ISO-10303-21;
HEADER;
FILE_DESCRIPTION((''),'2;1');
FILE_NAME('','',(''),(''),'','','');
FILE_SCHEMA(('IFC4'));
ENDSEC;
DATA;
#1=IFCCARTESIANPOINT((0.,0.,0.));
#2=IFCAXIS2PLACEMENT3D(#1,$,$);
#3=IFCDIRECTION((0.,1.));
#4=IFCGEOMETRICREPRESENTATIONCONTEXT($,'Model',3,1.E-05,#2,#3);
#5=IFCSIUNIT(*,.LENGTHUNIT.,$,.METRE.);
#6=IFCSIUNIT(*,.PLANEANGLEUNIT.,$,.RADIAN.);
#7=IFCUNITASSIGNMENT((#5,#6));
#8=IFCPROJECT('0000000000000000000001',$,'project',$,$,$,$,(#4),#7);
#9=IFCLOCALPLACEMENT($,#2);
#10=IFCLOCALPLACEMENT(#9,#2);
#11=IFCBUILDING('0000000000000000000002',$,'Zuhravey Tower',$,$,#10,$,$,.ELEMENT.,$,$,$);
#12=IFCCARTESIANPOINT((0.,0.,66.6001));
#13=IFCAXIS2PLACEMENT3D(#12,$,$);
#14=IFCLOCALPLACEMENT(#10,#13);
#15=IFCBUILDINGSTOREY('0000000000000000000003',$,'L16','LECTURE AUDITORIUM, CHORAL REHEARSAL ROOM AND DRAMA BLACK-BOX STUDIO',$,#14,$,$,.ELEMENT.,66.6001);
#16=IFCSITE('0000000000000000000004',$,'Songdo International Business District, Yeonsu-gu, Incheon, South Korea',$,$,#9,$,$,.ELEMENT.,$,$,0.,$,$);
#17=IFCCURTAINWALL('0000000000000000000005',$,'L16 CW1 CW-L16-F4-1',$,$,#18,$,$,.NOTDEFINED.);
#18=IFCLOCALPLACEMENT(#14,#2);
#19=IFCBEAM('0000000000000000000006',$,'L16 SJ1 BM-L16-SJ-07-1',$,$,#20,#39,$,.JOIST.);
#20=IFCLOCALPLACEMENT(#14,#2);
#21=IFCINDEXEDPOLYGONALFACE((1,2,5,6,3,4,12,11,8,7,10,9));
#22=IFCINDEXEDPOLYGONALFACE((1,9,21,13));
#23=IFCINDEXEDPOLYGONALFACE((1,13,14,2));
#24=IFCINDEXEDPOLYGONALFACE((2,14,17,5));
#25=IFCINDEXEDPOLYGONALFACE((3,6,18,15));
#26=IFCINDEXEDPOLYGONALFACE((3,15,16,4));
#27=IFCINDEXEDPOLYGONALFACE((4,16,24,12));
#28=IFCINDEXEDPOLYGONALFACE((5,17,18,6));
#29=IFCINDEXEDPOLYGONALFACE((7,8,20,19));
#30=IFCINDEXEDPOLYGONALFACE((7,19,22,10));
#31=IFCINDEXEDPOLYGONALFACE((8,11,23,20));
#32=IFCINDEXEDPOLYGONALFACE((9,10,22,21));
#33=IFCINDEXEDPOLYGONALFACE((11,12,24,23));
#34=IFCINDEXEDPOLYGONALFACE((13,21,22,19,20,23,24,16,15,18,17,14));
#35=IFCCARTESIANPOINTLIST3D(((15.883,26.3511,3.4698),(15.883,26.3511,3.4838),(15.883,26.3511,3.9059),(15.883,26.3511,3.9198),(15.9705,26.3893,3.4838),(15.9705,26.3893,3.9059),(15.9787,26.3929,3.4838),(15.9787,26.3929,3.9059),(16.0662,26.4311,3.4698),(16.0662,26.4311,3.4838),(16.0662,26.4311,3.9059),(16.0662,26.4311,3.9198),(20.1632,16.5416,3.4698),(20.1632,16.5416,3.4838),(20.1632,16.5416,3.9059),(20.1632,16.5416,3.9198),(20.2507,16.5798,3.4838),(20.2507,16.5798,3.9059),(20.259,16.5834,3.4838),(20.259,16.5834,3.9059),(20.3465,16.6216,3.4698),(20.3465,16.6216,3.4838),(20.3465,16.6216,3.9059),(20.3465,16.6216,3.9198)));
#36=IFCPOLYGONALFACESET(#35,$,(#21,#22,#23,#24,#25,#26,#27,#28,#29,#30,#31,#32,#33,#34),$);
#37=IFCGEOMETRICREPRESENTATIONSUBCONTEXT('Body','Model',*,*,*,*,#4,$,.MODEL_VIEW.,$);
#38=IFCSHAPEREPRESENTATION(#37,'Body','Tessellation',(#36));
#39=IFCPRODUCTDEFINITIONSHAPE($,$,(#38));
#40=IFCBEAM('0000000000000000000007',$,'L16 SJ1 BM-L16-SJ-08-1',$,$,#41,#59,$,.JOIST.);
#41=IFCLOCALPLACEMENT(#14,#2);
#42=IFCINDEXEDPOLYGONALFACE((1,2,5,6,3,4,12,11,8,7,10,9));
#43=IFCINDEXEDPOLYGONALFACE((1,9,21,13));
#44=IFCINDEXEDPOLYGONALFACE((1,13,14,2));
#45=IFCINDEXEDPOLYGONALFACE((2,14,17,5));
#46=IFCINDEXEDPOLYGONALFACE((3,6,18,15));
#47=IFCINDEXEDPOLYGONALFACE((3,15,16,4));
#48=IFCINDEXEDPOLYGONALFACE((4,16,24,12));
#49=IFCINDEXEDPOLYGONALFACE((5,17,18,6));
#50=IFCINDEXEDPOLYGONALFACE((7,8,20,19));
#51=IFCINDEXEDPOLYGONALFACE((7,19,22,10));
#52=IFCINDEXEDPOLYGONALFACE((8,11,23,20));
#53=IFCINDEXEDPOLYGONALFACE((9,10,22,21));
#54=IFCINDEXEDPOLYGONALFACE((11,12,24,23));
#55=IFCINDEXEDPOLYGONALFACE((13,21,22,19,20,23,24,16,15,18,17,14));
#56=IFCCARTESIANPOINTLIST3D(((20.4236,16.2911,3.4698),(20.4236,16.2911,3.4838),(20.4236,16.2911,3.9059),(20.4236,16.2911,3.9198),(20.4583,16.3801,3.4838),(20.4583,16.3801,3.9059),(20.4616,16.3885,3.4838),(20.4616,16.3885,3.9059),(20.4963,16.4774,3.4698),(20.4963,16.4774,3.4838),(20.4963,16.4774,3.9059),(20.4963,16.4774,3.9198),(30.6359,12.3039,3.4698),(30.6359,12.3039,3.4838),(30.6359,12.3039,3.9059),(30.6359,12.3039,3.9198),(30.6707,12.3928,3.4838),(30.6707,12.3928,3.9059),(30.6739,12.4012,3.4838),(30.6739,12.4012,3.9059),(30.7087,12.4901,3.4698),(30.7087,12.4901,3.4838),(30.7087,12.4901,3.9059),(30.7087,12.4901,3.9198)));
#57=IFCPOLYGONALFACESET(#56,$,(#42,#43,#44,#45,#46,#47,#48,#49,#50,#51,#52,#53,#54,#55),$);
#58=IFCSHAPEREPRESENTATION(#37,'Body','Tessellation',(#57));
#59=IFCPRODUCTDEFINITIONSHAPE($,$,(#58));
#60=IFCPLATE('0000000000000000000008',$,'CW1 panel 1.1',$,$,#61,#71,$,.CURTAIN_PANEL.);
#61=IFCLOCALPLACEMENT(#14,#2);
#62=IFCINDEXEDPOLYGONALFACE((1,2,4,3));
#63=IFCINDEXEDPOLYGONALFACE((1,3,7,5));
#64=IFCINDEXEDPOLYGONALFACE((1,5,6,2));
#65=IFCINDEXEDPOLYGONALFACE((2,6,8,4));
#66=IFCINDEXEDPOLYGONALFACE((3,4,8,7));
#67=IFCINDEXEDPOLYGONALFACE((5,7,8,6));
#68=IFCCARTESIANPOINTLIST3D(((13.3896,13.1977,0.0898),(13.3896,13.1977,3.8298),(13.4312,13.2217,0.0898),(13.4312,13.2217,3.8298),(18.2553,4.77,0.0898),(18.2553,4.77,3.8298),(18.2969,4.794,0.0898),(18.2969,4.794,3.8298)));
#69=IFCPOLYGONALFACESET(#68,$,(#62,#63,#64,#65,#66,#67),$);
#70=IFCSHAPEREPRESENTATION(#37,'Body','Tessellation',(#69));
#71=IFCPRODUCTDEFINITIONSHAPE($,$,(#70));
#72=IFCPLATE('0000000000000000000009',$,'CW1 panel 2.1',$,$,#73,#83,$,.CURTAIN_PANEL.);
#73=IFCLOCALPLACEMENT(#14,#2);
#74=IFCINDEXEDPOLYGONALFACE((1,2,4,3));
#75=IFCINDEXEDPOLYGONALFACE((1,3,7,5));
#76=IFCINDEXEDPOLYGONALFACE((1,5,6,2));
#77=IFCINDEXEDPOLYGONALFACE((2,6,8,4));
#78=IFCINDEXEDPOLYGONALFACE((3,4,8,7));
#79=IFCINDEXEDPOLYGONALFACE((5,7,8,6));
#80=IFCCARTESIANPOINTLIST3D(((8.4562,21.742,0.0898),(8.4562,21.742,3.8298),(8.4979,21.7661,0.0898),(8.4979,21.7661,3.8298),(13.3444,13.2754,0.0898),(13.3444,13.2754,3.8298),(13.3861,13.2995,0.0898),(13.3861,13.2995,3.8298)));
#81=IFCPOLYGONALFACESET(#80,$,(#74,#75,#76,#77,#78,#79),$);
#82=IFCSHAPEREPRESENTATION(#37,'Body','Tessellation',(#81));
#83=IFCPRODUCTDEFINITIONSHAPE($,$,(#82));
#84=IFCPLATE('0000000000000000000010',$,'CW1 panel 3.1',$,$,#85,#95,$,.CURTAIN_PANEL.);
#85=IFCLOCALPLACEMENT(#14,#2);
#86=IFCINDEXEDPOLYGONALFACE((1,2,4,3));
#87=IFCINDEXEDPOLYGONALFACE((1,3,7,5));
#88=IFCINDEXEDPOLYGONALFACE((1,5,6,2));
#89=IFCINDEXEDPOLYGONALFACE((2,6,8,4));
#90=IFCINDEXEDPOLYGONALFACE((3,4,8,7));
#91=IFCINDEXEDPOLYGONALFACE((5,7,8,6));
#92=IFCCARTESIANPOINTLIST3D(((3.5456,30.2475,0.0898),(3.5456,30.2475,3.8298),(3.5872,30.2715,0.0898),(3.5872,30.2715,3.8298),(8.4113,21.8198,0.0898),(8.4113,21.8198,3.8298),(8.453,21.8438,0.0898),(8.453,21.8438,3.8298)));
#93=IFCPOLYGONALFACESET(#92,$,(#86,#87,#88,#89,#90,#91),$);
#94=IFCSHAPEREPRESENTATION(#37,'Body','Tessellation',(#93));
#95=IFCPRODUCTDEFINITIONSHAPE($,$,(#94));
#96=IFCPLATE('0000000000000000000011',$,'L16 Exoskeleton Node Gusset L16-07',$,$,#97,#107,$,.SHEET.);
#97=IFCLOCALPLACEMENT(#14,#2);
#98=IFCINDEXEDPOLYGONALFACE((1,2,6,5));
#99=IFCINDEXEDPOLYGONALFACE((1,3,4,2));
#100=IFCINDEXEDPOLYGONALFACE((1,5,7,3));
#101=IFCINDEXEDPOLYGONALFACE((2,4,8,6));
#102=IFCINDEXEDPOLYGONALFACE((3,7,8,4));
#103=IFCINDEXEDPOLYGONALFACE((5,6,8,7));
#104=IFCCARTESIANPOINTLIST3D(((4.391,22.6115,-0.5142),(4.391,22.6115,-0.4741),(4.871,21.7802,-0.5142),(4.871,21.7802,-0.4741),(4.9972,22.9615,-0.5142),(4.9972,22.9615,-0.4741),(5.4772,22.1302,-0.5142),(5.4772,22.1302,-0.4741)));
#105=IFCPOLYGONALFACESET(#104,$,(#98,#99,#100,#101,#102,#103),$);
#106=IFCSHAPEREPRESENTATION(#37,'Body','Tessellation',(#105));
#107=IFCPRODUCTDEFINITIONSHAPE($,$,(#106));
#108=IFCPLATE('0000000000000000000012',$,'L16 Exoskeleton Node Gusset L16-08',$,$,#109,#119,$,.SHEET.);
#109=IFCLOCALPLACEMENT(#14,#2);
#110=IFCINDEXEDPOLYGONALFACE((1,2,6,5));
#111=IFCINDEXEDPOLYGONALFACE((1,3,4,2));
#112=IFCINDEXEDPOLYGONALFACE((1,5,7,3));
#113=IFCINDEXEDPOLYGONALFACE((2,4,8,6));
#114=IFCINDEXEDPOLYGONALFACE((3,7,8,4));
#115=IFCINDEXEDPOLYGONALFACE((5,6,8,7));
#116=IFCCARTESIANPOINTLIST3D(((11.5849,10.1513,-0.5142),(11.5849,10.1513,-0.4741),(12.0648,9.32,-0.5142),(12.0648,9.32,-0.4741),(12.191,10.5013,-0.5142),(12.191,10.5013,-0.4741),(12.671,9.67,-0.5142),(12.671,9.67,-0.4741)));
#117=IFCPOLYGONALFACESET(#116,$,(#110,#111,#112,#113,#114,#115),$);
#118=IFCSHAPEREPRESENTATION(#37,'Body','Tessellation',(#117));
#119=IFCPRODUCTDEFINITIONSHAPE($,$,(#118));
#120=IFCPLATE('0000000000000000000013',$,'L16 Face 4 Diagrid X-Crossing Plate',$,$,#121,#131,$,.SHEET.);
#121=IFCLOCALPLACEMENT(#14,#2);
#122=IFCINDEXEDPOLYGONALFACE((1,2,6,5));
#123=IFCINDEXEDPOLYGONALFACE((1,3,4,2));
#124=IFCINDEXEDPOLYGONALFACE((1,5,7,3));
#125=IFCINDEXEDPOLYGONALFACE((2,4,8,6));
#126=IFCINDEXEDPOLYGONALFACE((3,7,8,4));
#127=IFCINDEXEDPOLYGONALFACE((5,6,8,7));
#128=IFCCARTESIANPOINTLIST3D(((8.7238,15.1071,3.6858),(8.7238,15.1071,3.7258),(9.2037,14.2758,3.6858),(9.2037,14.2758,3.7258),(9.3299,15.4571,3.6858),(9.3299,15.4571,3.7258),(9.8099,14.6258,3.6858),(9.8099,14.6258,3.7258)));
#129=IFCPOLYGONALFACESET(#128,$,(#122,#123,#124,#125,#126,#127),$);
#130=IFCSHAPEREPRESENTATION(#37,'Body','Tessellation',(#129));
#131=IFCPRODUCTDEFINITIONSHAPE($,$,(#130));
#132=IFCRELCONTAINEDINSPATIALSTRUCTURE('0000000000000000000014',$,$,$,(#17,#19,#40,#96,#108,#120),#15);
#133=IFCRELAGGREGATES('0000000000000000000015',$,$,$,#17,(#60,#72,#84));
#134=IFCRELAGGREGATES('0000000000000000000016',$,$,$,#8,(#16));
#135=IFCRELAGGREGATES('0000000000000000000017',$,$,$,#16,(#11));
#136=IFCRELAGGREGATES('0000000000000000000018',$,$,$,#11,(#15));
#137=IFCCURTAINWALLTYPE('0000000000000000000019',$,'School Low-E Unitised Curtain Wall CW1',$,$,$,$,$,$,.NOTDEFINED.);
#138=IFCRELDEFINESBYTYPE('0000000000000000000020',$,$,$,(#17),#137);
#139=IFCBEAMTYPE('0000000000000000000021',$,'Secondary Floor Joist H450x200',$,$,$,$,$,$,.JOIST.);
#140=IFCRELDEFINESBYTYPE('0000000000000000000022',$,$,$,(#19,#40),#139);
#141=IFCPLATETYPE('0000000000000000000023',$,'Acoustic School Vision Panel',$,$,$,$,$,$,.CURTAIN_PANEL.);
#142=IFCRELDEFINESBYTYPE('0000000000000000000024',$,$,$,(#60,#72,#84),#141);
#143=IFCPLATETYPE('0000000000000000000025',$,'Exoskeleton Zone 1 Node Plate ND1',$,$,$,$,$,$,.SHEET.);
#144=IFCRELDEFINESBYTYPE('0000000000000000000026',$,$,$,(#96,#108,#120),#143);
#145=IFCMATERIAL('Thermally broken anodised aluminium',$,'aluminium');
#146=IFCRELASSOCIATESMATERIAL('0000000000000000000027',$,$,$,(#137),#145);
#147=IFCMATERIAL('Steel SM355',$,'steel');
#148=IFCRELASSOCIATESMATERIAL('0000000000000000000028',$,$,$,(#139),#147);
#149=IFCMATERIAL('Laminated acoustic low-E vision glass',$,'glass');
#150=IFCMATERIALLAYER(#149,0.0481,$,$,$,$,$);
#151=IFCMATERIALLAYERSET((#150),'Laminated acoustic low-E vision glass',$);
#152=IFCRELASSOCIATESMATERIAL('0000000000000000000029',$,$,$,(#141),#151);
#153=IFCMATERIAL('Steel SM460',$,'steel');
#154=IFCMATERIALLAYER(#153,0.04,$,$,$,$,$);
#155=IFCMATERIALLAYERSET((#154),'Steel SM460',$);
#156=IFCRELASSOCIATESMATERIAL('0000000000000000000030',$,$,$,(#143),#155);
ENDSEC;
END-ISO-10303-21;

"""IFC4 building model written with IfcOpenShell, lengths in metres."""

from ifc_helpers import new_model, si_unit, direction, frame, origin, origin_2d, place, context, subcontext, project, spatial, rectangle, i_section, extrude, material, layer, layer_set, material_profile, profile_set, type_object, element, aggregate, save


model = new_model("IFC4")

# Units and contexts
model_context = context("Model", 3, precision=1e-05, world=origin(), true_north=direction((0.0, 1.0)))
body_context = subcontext(model_context, "Body", "Model", "MODEL_VIEW")
ifc_project = project(units=[si_unit("LENGTHUNIT", "METRE"), si_unit("PLANEANGLEUNIT", "RADIAN")], contexts=[model_context])

# Site, building, storey
site_placement = place(None, origin())
site = spatial("IfcSite", under=ifc_project, at=site_placement, Name="Songdo International Business District, Yeonsu-gu, Incheon, South Korea", CompositionType="ELEMENT", RefElevation=0.0)
building_placement = place(site_placement, origin())
building = spatial("IfcBuilding", under=site, at=building_placement, Name="Zuhravey Tower", CompositionType="ELEMENT")
storey_placement = place(building_placement, frame((0.0, 0.0, 66.6001)))
storey = spatial("IfcBuildingStorey", under=building, at=storey_placement, Name="L16", Description="LECTURE AUDITORIUM, CHORAL REHEARSAL ROOM AND DRAMA BLACK-BOX STUDIO", CompositionType="ELEMENT", Elevation=66.6001)

# Shared definitions
ifc_material_1 = material(Name="Thermally broken anodised aluminium", Category="aluminium")
curtain_wall_type = type_object("IfcCurtainWallType", Name="School Low-E Unitised Curtain Wall CW1", PredefinedType="NOTDEFINED", material=ifc_material_1)

# Curtain wall
curtain_wall_1_placement = place(storey_placement, origin())
curtain_wall_1 = element("IfcCurtainWall", 1, at=curtain_wall_1_placement, inside=storey, type_object=curtain_wall_type, Name="L16 CW1 CW-L16-F4-1", PredefinedType="NOTDEFINED")

# Shared definitions
ifc_material_2 = material(Name="Steel SM355", Category="steel")
ifc_material_3 = material(Name="Steel SM460", Category="steel")

# Beams
ifc_material_profile_1 = material_profile(ifc_material_2, i_section(OverallWidth=0.2, OverallDepth=0.45, WebThickness=0.009, FlangeThickness=0.0139, at=origin_2d()), Name="H-450x200x9x14")
ifc_profile_set_1 = profile_set([ifc_material_profile_1], Name="Steel SM355")
beam_type_1 = type_object("IfcBeamType", Name="Secondary Floor Joist H450x200", PredefinedType="JOIST", material=ifc_profile_set_1)
beam_1_placement = place(storey_placement, frame((15.9746, 26.3911, 3.6948), z_axis=(0.399924, -0.916549, 0.0), x_axis=(0.916549, 0.399924, 0.0)))
element("IfcBeam", 2, at=beam_1_placement, inside=storey, type_object=beam_type_1, Name="L16 SJ1 BM-L16-SJ-07-1", PredefinedType="JOIST", context=body_context, shape_type="SweptSolid", body=[
    extrude(i_section(OverallWidth=0.2, OverallDepth=0.45, WebThickness=0.009, FlangeThickness=0.0139, at=origin_2d()), origin(), (0.0, 0.0, 1.0), 10.7026),
])
beam_2_placement = place(storey_placement, frame((20.46, 16.3843, 3.6948), z_axis=(0.931517, -0.363699, 0.0), x_axis=(0.363699, 0.931517, 0.0)))
element("IfcBeam", 3, at=beam_2_placement, inside=storey, type_object=beam_type_1, Name="L16 SJ1 BM-L16-SJ-08-1", PredefinedType="JOIST", context=body_context, shape_type="SweptSolid", body=[
    extrude(i_section(OverallWidth=0.2, OverallDepth=0.45, WebThickness=0.009, FlangeThickness=0.0139, at=origin_2d()), origin(), (0.0, 0.0, 1.0), 10.9631),
])

# Plates
ifc_material_4 = material(Name="Laminated acoustic low-E vision glass", Category="glass")
ifc_layer_1 = layer(ifc_material_4, 0.0481)
ifc_layer_set_1 = layer_set([ifc_layer_1], Name="Laminated acoustic low-E vision glass")
plate_type_1 = type_object("IfcPlateType", Name="Acoustic School Vision Panel", PredefinedType="CURTAIN_PANEL", material=ifc_layer_set_1)
plate_1_placement = place(storey_placement, frame((15.8433, 8.9958, 0.0898), z_axis=(0.0, 0.0, 1.0), x_axis=(-0.5, 0.866026, 0.0)))
plate_1 = element("IfcPlate", 4, at=plate_1_placement, type_object=plate_type_1, Name="CW1 panel 1.1", PredefinedType="CURTAIN_PANEL", context=body_context, shape_type="SweptSolid", body=[
    extrude(rectangle(XDim=9.7314, YDim=0.0481, at=origin_2d()), origin(), (0.0, 0.0, 1.0), 3.74),
])
plate_2_placement = place(storey_placement, frame((10.9211, 17.5208, 0.0898), z_axis=(0.0, 0.0, 1.0), x_axis=(-0.5, 0.866026, 0.0)))
plate_2 = element("IfcPlate", 5, at=plate_2_placement, type_object=plate_type_1, Name="CW1 panel 2.1", PredefinedType="CURTAIN_PANEL", context=body_context, shape_type="SweptSolid", body=[
    extrude(rectangle(XDim=9.7764, YDim=0.0481, at=origin_2d()), origin(), (0.0, 0.0, 1.0), 3.74),
])
plate_3_placement = place(storey_placement, frame((5.9993, 26.0457, 0.0898), z_axis=(0.0, 0.0, 1.0), x_axis=(-0.5, 0.866026, 0.0)))
plate_3 = element("IfcPlate", 6, at=plate_3_placement, type_object=plate_type_1, Name="CW1 panel 3.1", PredefinedType="CURTAIN_PANEL", context=body_context, shape_type="SweptSolid", body=[
    extrude(rectangle(XDim=9.7314, YDim=0.0481, at=origin_2d()), origin(), (0.0, 0.0, 1.0), 3.74),
])
aggregate(curtain_wall_1, [plate_1, plate_2, plate_3])

# Plates
ifc_layer_2 = layer(ifc_material_3, 0.04)
ifc_layer_set_2 = layer_set([ifc_layer_2], Name="Steel SM460")
plate_type_2 = type_object("IfcPlateType", Name="Exoskeleton Zone 1 Node Plate ND1", PredefinedType="SHEET", material=ifc_layer_set_2)
for number, where, z_axis, x_axis, name in (
    (7, (4.9341, 22.3708, -0.5142), (0.0, 0.0, 1.0), (0.5, -0.866025, 0.0), "L16 Exoskeleton Node Gusset L16-07"),
    (8, (12.1279, 9.9106, -0.5142), (0.0, 0.0, 1.0), (0.5, -0.866025, 0.0), "L16 Exoskeleton Node Gusset L16-08"),
    (9, (9.2668, 14.8665, 3.6858), (0.0, 0.0, 1.0), (0.5, -0.866025, 0.0), "L16 Face 4 Diagrid X-Crossing Plate"),
):
    element("IfcPlate", number, at=place(storey_placement, frame(where, z_axis=z_axis, x_axis=x_axis)), inside=storey, type_object=plate_type_2, Name=name, PredefinedType="SHEET", context=body_context, shape_type="SweptSolid", body=[
        extrude(rectangle(XDim=0.96, YDim=0.7, at=origin_2d()), origin(), (0.0, 0.0, 1.0), 0.04),
    ])

save(model, "model.ifc")
